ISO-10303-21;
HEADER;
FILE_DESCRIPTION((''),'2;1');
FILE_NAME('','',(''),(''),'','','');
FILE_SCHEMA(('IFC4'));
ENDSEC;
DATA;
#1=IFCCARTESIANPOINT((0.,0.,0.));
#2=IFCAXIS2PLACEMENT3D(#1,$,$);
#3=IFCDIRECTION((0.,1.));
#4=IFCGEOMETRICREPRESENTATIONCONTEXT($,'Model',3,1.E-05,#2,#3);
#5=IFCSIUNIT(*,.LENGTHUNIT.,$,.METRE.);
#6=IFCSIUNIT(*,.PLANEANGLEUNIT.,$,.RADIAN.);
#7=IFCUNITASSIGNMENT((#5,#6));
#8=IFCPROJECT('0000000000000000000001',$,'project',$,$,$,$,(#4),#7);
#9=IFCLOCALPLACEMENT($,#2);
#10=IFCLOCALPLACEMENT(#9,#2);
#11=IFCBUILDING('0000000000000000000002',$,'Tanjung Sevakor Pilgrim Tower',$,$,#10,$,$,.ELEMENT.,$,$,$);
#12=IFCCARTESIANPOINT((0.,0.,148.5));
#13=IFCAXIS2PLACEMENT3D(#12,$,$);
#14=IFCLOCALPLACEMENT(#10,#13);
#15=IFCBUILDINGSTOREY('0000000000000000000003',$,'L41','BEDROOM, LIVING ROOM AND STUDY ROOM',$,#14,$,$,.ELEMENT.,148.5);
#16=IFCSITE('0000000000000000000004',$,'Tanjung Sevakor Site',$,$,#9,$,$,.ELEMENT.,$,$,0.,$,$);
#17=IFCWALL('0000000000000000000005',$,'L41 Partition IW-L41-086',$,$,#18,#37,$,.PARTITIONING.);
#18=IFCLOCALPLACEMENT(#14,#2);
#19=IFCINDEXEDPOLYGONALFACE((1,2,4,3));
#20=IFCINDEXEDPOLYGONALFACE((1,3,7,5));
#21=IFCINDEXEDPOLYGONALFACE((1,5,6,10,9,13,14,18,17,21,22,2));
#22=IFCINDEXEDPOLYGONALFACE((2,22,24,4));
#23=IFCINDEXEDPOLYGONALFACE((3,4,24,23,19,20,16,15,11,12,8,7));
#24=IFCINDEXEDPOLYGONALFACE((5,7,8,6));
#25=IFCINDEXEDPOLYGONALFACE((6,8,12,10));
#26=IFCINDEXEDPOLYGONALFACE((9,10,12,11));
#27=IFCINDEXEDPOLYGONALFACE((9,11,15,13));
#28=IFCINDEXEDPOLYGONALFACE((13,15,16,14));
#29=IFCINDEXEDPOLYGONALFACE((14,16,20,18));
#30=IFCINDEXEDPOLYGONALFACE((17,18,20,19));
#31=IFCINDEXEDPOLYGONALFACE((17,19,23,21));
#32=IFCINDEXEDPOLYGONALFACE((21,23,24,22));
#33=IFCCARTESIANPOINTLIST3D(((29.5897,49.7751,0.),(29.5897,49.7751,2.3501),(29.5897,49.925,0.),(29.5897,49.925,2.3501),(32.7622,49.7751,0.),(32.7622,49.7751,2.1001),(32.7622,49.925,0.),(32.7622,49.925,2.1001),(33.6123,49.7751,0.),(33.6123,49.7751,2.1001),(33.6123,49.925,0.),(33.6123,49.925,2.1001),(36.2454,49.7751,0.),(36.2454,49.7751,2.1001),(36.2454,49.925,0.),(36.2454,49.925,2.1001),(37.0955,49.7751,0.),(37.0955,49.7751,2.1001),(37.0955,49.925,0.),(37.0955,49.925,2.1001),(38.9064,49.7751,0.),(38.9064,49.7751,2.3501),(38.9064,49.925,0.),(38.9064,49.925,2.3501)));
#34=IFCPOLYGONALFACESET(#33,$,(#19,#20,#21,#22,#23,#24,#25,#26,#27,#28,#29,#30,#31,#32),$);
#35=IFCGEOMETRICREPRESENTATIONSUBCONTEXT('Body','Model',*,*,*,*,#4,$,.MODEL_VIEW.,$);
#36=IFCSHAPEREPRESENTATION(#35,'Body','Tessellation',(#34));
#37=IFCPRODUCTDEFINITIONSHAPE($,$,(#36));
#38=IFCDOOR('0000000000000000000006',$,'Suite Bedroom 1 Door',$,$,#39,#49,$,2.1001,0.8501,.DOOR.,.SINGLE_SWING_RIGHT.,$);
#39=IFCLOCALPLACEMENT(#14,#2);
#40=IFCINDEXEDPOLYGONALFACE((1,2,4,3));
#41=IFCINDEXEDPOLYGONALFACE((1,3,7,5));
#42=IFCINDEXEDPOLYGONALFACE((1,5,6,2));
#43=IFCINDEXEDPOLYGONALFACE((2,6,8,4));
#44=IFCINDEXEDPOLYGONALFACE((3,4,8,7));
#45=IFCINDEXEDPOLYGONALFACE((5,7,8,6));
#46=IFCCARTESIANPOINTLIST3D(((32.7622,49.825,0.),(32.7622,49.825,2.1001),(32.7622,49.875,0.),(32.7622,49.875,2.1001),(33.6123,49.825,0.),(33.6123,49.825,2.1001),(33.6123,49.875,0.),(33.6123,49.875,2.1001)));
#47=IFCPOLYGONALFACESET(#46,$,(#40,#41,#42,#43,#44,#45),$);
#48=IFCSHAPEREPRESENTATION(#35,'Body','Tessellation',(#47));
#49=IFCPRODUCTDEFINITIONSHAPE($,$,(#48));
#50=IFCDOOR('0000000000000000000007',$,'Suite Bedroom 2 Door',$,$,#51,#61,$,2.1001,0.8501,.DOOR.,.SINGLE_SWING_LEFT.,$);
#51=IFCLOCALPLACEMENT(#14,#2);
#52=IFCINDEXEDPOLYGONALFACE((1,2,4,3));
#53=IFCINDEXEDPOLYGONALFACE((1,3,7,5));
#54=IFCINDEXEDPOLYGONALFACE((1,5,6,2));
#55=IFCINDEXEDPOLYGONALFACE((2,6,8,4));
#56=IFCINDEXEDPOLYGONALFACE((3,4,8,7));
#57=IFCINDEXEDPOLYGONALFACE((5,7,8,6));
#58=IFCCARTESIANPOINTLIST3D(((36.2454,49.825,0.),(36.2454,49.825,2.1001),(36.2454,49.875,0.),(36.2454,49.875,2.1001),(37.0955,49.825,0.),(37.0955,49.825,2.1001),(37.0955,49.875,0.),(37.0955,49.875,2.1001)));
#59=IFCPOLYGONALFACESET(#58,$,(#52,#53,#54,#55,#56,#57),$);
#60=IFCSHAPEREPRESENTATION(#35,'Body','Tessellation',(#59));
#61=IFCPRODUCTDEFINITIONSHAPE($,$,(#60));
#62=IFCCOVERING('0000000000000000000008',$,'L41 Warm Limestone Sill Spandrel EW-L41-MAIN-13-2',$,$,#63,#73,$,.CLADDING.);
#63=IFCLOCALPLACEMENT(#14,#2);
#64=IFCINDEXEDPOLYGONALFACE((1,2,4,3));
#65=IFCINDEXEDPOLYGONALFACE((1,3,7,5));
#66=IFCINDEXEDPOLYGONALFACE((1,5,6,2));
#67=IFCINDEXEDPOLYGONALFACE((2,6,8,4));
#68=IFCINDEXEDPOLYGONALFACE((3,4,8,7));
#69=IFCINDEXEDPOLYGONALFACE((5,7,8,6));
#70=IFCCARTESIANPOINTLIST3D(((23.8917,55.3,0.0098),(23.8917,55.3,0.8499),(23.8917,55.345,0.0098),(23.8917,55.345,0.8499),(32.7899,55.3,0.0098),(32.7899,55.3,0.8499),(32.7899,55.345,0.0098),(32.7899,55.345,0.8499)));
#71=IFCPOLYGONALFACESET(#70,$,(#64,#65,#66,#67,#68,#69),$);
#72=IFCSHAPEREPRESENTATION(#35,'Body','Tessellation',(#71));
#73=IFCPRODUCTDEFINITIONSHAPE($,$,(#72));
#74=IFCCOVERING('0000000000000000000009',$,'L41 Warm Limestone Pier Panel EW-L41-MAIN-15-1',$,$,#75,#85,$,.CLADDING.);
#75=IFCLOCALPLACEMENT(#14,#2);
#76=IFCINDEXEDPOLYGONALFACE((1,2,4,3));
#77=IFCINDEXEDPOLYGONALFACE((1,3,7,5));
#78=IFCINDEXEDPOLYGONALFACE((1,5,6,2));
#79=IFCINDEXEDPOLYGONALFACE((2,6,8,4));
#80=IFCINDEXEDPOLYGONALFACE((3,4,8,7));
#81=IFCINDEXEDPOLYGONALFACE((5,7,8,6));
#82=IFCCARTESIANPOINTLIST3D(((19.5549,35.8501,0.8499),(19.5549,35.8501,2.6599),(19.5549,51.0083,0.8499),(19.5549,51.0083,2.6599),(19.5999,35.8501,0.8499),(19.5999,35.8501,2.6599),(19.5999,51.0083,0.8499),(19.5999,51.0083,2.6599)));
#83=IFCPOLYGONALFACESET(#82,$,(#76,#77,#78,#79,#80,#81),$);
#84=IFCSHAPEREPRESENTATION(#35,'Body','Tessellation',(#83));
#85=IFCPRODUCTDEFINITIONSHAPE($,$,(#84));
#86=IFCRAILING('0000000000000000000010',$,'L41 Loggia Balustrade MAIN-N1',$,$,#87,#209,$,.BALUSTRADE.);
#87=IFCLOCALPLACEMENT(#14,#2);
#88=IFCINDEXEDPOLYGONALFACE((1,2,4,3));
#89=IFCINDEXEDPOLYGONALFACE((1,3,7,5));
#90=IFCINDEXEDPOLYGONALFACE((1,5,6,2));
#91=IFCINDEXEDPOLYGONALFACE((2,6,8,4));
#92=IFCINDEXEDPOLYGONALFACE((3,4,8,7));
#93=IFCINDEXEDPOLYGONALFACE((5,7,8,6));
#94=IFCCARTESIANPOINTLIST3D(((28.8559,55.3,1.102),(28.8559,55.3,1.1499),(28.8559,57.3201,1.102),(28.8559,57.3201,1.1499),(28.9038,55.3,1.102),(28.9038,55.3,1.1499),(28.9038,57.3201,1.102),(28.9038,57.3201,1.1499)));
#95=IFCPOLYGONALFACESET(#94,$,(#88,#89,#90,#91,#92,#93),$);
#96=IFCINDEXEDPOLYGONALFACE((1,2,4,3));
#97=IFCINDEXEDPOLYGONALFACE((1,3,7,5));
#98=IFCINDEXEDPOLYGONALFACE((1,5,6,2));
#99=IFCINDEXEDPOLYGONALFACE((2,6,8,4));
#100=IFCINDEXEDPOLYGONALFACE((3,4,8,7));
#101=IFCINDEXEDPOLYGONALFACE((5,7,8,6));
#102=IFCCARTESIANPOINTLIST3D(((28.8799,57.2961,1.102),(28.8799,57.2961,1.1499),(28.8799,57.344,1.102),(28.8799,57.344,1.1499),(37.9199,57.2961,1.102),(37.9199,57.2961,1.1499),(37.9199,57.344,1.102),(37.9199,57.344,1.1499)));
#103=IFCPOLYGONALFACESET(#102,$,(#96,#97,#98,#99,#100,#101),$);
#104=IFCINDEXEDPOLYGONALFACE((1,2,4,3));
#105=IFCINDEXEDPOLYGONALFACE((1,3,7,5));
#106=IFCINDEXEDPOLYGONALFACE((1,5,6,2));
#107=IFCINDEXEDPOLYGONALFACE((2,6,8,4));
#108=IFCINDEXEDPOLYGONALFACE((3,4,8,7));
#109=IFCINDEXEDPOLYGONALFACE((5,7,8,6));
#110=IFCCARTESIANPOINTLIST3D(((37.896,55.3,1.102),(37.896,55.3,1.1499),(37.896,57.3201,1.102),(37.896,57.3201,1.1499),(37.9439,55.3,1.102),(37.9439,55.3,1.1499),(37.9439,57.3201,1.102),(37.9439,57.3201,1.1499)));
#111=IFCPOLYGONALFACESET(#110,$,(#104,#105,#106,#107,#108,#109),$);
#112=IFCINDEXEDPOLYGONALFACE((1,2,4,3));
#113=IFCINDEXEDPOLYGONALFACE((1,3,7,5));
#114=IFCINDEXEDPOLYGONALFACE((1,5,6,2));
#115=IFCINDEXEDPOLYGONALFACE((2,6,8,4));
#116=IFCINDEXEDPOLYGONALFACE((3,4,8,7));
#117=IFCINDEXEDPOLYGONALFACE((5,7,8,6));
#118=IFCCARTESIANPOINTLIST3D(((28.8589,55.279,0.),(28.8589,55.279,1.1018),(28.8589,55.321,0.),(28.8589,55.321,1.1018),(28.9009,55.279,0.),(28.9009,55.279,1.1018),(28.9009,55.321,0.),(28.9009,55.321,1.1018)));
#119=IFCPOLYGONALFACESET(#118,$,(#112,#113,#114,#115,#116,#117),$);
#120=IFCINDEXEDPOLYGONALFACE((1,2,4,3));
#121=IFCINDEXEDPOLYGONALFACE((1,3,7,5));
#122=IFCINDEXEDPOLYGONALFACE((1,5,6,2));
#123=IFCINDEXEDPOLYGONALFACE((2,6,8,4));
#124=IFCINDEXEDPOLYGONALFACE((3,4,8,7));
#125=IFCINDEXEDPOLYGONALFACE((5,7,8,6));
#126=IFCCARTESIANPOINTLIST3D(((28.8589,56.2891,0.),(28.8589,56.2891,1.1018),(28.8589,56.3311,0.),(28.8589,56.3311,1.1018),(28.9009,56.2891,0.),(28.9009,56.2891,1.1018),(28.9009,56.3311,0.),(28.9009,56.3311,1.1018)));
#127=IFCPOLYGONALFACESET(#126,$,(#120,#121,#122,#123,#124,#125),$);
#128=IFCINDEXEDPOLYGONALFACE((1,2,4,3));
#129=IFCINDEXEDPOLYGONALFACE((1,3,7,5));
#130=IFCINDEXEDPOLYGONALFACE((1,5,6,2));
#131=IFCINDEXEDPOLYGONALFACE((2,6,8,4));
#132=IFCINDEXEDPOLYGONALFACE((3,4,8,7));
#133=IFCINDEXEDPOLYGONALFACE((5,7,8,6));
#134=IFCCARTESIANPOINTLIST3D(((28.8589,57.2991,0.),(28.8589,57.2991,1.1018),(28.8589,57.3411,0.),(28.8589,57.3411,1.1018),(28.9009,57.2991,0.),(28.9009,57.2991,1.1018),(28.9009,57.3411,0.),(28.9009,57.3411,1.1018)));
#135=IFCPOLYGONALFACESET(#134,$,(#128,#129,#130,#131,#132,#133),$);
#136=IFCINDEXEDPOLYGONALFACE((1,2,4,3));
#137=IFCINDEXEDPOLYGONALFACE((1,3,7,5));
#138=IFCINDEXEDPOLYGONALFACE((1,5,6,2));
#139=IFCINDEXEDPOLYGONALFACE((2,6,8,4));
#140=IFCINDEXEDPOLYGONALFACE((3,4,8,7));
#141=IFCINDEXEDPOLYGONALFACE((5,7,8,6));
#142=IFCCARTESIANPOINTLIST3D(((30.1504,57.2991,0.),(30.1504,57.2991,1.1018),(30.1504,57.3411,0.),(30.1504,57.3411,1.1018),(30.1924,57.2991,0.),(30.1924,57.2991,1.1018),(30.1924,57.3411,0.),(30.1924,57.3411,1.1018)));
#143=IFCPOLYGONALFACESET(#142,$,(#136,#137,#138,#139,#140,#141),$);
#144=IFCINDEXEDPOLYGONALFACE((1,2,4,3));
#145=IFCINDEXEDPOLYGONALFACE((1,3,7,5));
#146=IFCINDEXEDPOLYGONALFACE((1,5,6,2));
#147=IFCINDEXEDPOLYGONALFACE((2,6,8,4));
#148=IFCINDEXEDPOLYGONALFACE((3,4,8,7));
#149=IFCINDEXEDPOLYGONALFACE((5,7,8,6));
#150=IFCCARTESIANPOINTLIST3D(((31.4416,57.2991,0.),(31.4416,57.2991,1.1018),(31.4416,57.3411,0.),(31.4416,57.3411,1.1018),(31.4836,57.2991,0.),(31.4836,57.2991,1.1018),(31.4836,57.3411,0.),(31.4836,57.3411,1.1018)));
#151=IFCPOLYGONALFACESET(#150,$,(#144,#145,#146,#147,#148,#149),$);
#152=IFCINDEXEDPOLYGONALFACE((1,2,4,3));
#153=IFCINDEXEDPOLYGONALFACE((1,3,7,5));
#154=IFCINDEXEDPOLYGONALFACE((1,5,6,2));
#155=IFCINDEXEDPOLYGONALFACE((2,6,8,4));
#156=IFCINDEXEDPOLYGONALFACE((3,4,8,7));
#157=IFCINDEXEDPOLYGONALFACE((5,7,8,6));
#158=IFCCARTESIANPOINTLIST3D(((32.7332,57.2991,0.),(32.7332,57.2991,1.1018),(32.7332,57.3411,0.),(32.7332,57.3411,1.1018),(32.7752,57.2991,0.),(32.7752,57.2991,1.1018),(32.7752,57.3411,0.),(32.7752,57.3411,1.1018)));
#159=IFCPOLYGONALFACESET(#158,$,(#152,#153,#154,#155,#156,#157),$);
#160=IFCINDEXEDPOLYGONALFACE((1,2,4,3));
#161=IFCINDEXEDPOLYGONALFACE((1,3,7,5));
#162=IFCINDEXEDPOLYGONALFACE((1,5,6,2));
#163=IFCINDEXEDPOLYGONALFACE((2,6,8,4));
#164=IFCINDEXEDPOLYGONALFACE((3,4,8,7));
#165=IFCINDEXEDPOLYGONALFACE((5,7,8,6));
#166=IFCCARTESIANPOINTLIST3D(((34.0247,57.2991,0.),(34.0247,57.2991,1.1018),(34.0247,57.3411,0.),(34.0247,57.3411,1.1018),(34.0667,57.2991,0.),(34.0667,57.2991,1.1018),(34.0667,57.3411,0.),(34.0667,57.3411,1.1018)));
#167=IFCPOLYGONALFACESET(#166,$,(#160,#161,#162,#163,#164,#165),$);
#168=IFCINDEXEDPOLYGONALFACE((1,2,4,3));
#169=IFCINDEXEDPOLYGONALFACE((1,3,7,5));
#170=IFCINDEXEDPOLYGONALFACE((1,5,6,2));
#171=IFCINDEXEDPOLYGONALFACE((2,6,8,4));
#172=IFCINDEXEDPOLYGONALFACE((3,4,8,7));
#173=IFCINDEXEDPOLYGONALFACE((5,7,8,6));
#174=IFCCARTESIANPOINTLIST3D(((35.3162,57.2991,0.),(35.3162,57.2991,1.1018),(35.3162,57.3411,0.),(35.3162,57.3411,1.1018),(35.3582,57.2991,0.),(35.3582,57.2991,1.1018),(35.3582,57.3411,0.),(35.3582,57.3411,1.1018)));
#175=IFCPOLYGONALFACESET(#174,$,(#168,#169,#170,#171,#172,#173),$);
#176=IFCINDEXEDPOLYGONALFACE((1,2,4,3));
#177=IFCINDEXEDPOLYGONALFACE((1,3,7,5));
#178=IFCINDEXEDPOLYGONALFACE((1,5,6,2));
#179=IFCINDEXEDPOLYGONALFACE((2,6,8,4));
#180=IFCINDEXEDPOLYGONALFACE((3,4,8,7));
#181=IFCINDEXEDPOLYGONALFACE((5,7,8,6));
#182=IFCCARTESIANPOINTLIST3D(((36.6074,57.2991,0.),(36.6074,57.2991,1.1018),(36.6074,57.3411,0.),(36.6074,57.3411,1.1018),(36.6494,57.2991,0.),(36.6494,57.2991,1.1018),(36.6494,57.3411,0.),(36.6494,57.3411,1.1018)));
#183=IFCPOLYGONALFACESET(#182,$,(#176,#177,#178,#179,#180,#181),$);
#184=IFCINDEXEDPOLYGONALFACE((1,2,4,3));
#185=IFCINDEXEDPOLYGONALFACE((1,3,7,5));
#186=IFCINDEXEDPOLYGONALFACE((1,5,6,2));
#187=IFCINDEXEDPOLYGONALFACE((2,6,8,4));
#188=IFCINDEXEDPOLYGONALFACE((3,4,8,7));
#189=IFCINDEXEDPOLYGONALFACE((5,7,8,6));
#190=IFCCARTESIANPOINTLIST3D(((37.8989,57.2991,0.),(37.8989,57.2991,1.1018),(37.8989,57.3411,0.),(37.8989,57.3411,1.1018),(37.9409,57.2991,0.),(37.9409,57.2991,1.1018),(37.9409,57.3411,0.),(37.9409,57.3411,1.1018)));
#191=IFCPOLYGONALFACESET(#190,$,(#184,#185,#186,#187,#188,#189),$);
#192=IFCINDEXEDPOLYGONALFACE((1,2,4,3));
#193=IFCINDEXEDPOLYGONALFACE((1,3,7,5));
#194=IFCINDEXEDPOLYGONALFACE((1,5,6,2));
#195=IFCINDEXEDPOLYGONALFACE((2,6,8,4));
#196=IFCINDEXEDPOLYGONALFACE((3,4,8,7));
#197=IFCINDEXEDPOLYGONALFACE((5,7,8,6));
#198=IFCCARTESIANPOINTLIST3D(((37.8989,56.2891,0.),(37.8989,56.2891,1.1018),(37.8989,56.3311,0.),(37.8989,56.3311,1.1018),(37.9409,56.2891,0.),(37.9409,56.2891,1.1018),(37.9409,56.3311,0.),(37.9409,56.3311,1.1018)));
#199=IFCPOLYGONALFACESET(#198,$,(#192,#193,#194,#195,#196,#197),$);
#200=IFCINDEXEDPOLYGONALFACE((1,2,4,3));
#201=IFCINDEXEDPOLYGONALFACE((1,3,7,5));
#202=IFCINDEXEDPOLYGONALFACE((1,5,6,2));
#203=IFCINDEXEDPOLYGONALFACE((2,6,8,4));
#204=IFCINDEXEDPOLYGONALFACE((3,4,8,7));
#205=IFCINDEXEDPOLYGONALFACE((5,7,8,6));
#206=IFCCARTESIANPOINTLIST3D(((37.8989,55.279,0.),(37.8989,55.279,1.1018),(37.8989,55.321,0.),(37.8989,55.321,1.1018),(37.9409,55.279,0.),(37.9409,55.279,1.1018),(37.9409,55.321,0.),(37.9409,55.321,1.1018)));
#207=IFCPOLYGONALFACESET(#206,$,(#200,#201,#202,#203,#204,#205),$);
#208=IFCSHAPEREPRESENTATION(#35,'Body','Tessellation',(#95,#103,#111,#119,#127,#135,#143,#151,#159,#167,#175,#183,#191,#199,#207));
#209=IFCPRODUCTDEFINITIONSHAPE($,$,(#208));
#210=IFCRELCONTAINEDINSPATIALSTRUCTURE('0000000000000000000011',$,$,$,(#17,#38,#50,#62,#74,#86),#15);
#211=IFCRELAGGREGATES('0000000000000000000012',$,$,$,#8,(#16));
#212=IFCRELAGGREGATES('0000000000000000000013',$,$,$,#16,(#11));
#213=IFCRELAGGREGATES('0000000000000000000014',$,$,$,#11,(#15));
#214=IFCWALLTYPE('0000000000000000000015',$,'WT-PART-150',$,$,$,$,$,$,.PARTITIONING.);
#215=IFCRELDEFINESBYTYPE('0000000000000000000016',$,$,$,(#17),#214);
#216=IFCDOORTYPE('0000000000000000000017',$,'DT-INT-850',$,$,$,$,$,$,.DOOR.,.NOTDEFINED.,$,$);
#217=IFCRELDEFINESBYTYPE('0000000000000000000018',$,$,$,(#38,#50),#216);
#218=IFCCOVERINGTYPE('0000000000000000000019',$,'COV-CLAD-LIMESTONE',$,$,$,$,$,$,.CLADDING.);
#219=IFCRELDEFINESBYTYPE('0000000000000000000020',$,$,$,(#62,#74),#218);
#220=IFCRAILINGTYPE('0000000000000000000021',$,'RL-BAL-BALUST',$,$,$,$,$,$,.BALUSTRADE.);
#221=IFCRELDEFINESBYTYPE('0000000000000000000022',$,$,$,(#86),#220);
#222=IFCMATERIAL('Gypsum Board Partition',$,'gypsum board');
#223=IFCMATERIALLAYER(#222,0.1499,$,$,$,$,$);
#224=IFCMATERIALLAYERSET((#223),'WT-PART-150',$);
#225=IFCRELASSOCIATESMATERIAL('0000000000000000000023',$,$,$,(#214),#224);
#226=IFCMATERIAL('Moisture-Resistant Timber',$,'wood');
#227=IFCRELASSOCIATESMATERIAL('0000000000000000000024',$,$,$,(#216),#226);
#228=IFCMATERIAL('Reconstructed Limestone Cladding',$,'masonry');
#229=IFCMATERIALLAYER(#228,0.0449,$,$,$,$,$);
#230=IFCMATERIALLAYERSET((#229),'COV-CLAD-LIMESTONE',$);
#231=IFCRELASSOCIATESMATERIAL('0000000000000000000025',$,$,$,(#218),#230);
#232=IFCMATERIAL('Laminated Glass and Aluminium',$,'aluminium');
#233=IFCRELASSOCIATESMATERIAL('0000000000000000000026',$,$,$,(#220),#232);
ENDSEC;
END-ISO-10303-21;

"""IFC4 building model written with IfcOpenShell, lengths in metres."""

from ifc_helpers import new_model, si_unit, direction, frame, frame_2d, origin, origin_2d, place, context, subcontext, project, spatial, rectangle, extrude, material, layer, layer_set, type_object, element, fill, save


model = new_model("IFC4")

# Units and contexts
model_context = context("Model", 3, precision=1e-05, world=origin(), true_north=direction((0.0, 1.0)))
body_context = subcontext(model_context, "Body", "Model", "MODEL_VIEW")
ifc_project = project(units=[si_unit("LENGTHUNIT", "METRE"), si_unit("PLANEANGLEUNIT", "RADIAN")], contexts=[model_context])

# Site, building, storey
site_placement = place(None, origin())
site = spatial("IfcSite", under=ifc_project, at=site_placement, Name="Tanjung Sevakor Site", CompositionType="ELEMENT", RefElevation=0.0)
building_placement = place(site_placement, origin())
building = spatial("IfcBuilding", under=site, at=building_placement, Name="Tanjung Sevakor Pilgrim Tower", CompositionType="ELEMENT")
storey_placement = place(building_placement, frame((0.0, 0.0, 148.5)))
storey = spatial("IfcBuildingStorey", under=building, at=storey_placement, Name="L41", Description="BEDROOM, LIVING ROOM AND STUDY ROOM", CompositionType="ELEMENT", Elevation=148.5)

# Shared definitions
ifc_material_1 = material(Name="Gypsum Board Partition", Category="gypsum board")
ifc_layer_1 = layer(ifc_material_1, 0.1499)
ifc_layer_set_1 = layer_set([ifc_layer_1], Name="WT-PART-150")
wall_type_1 = type_object("IfcWallType", Name="WT-PART-150", PredefinedType="PARTITIONING", material=ifc_layer_set_1)

# Wall, openings, doors
wall_1_placement = place(storey_placement, frame((29.5898, 49.8501, 0.0), z_axis=(0.0, 0.0, 1.0), x_axis=(1.0, 0.0, 0.0)))
wall_1 = element("IfcWall", 1, at=wall_1_placement, inside=storey, type_object=wall_type_1, Name="L41 Partition IW-L41-086", PredefinedType="PARTITIONING", context=body_context, shape_type="SweptSolid", body=[
    extrude(rectangle(XDim=9.3167, YDim=0.1499, at=frame_2d((4.6582, 0.0))), origin(), (0.0, 0.0, 1.0), 2.3501),
])
opening_1_placement = place(wall_1_placement, frame((3.1724, 0.0, 0.0)))
opening_1 = element("IfcOpeningElement", 2, at=opening_1_placement, cuts=wall_1, PredefinedType="OPENING", context=body_context, shape_type="SweptSolid", body=[
    extrude(rectangle(XDim=0.8501, YDim=2.1001, at=frame_2d((0.425, 1.05))), frame((0.0, 0.085, 0.0), z_axis=(0.0, -1.0, 0.0), x_axis=(1.0, 0.0, 0.0)), (0.0, 0.0, 1.0), 0.1699),
])
opening_2_placement = place(wall_1_placement, frame((6.6555, 0.0, 0.0)))
opening_2 = element("IfcOpeningElement", 3, at=opening_2_placement, cuts=wall_1, PredefinedType="OPENING", context=body_context, shape_type="SweptSolid", body=[
    extrude(rectangle(XDim=0.8501, YDim=2.1001, at=frame_2d((0.425, 1.05))), frame((0.0, 0.085, 0.0), z_axis=(0.0, -1.0, 0.0), x_axis=(1.0, 0.0, 0.0)), (0.0, 0.0, 1.0), 0.1699),
])
ifc_material_2 = material(Name="Moisture-Resistant Timber", Category="wood")
door_type_1 = type_object("IfcDoorType", Name="DT-INT-850", OperationType="NOTDEFINED", PredefinedType="DOOR", material=ifc_material_2)
door_1_placement = place(opening_1_placement, origin())
door_1 = element("IfcDoor", 4, at=door_1_placement, inside=storey, type_object=door_type_1, Name="Suite Bedroom 1 Door", OperationType="SINGLE_SWING_RIGHT", OverallHeight=2.1001, OverallWidth=0.8501, PredefinedType="DOOR", context=body_context, shape_type="SweptSolid", body=[
    extrude(rectangle(XDim=0.8501, YDim=2.1001, at=frame_2d((0.425, 1.05))), frame((0.0, 0.0249, 0.0), z_axis=(0.0, -1.0, 0.0), x_axis=(1.0, 0.0, 0.0)), (0.0, 0.0, 1.0), 0.05),
])
fill(opening_1, door_1)
door_2_placement = place(opening_2_placement, origin())
door_2 = element("IfcDoor", 5, at=door_2_placement, inside=storey, type_object=door_type_1, Name="Suite Bedroom 2 Door", OperationType="SINGLE_SWING_LEFT", OverallHeight=2.1001, OverallWidth=0.8501, PredefinedType="DOOR", context=body_context, shape_type="SweptSolid", body=[
    extrude(rectangle(XDim=0.8501, YDim=2.1001, at=frame_2d((0.425, 1.05))), frame((0.0, 0.0249, 0.0), z_axis=(0.0, -1.0, 0.0), x_axis=(1.0, 0.0, 0.0)), (0.0, 0.0, 1.0), 0.05),
])
fill(opening_2, door_2)

# Coverings
ifc_material_3 = material(Name="Reconstructed Limestone Cladding", Category="masonry")
ifc_layer_2 = layer(ifc_material_3, 0.0449)
ifc_layer_set_2 = layer_set([ifc_layer_2], Name="COV-CLAD-LIMESTONE")
covering_type = type_object("IfcCoveringType", Name="COV-CLAD-LIMESTONE", PredefinedType="CLADDING", material=ifc_layer_set_2)
covering_1_placement = place(storey_placement, frame((28.3408, 55.3225, 0.0098), z_axis=(0.0, 0.0, 1.0), x_axis=(-1.0, 0.0, 0.0)))
element("IfcCovering", 6, at=covering_1_placement, inside=storey, type_object=covering_type, Name="L41 Warm Limestone Sill Spandrel EW-L41-MAIN-13-2", PredefinedType="CLADDING", context=body_context, shape_type="SweptSolid", body=[
    extrude(rectangle(XDim=8.8982, YDim=0.0449, at=origin_2d()), origin(), (0.0, 0.0, 1.0), 0.8401),
])
covering_2_placement = place(storey_placement, frame((19.5774, 43.4292, 0.8499), z_axis=(0.0, 0.0, 1.0), x_axis=(0.0, -1.0, 0.0)))
element("IfcCovering", 7, at=covering_2_placement, inside=storey, type_object=covering_type, Name="L41 Warm Limestone Pier Panel EW-L41-MAIN-15-1", PredefinedType="CLADDING", context=body_context, shape_type="SweptSolid", body=[
    extrude(rectangle(XDim=15.1582, YDim=0.0449, at=origin_2d()), origin(), (0.0, 0.0, 1.0), 1.8101),
])

# Railing
ifc_material_4 = material(Name="Laminated Glass and Aluminium", Category="aluminium")
railing_type_1 = type_object("IfcRailingType", Name="RL-BAL-BALUST", PredefinedType="BALUSTRADE", material=ifc_material_4)
railing_1_placement = place(storey_placement, frame((28.8799, 55.3, 0.0)))
element("IfcRailing", 8, at=railing_1_placement, inside=storey, type_object=railing_type_1, Name="L41 Loggia Balustrade MAIN-N1", PredefinedType="BALUSTRADE", context=body_context, shape_type="SweptSolid", body=[
    extrude(rectangle(XDim=0.0479, YDim=0.0479), frame((0.0, 0.0, 1.126), z_axis=(0.0, 1.0, 0.0), x_axis=(-1.0, 0.0, 0.0)), (0.0, 0.0, 1.0), 2.02),
    extrude(rectangle(XDim=0.0479, YDim=0.0479), frame((0.0, 2.02, 1.126), z_axis=(1.0, 0.0, 0.0), x_axis=(0.0, 1.0, 0.0)), (0.0, 0.0, 1.0), 9.04),
    extrude(rectangle(XDim=0.0479, YDim=0.0479), frame((9.04, 2.02, 1.126), z_axis=(0.0, -1.0, 0.0), x_axis=(1.0, 0.0, 0.0)), (0.0, 0.0, 1.0), 2.02),
    extrude(rectangle(XDim=0.042, YDim=0.042), origin(), (0.0, 0.0, 1.0), 1.1018),
    extrude(rectangle(XDim=0.042, YDim=0.042), frame((0.0, 1.01, 0.0)), (0.0, 0.0, 1.0), 1.1018),
    extrude(rectangle(XDim=0.042, YDim=0.042), frame((0.0, 2.02, 0.0)), (0.0, 0.0, 1.0), 1.1018),
    extrude(rectangle(XDim=0.042, YDim=0.042), frame((1.2915, 2.02, 0.0)), (0.0, 0.0, 1.0), 1.1018),
    extrude(rectangle(XDim=0.042, YDim=0.042), frame((2.5828, 2.02, 0.0)), (0.0, 0.0, 1.0), 1.1018),
    extrude(rectangle(XDim=0.042, YDim=0.042), frame((3.8743, 2.02, 0.0)), (0.0, 0.0, 1.0), 1.1018),
    extrude(rectangle(XDim=0.042, YDim=0.042), frame((5.1658, 2.02, 0.0)), (0.0, 0.0, 1.0), 1.1018),
    extrude(rectangle(XDim=0.042, YDim=0.042), frame((6.4573, 2.02, 0.0)), (0.0, 0.0, 1.0), 1.1018),
    extrude(rectangle(XDim=0.042, YDim=0.042), frame((7.7485, 2.02, 0.0)), (0.0, 0.0, 1.0), 1.1018),
    extrude(rectangle(XDim=0.042, YDim=0.042), frame((9.04, 2.02, 0.0)), (0.0, 0.0, 1.0), 1.1018),
    extrude(rectangle(XDim=0.042, YDim=0.042), frame((9.04, 1.01, 0.0)), (0.0, 0.0, 1.0), 1.1018),
    extrude(rectangle(XDim=0.042, YDim=0.042), frame((9.04, 0.0, 0.0)), (0.0, 0.0, 1.0), 1.1018),
])

save(model, "model.ifc")
